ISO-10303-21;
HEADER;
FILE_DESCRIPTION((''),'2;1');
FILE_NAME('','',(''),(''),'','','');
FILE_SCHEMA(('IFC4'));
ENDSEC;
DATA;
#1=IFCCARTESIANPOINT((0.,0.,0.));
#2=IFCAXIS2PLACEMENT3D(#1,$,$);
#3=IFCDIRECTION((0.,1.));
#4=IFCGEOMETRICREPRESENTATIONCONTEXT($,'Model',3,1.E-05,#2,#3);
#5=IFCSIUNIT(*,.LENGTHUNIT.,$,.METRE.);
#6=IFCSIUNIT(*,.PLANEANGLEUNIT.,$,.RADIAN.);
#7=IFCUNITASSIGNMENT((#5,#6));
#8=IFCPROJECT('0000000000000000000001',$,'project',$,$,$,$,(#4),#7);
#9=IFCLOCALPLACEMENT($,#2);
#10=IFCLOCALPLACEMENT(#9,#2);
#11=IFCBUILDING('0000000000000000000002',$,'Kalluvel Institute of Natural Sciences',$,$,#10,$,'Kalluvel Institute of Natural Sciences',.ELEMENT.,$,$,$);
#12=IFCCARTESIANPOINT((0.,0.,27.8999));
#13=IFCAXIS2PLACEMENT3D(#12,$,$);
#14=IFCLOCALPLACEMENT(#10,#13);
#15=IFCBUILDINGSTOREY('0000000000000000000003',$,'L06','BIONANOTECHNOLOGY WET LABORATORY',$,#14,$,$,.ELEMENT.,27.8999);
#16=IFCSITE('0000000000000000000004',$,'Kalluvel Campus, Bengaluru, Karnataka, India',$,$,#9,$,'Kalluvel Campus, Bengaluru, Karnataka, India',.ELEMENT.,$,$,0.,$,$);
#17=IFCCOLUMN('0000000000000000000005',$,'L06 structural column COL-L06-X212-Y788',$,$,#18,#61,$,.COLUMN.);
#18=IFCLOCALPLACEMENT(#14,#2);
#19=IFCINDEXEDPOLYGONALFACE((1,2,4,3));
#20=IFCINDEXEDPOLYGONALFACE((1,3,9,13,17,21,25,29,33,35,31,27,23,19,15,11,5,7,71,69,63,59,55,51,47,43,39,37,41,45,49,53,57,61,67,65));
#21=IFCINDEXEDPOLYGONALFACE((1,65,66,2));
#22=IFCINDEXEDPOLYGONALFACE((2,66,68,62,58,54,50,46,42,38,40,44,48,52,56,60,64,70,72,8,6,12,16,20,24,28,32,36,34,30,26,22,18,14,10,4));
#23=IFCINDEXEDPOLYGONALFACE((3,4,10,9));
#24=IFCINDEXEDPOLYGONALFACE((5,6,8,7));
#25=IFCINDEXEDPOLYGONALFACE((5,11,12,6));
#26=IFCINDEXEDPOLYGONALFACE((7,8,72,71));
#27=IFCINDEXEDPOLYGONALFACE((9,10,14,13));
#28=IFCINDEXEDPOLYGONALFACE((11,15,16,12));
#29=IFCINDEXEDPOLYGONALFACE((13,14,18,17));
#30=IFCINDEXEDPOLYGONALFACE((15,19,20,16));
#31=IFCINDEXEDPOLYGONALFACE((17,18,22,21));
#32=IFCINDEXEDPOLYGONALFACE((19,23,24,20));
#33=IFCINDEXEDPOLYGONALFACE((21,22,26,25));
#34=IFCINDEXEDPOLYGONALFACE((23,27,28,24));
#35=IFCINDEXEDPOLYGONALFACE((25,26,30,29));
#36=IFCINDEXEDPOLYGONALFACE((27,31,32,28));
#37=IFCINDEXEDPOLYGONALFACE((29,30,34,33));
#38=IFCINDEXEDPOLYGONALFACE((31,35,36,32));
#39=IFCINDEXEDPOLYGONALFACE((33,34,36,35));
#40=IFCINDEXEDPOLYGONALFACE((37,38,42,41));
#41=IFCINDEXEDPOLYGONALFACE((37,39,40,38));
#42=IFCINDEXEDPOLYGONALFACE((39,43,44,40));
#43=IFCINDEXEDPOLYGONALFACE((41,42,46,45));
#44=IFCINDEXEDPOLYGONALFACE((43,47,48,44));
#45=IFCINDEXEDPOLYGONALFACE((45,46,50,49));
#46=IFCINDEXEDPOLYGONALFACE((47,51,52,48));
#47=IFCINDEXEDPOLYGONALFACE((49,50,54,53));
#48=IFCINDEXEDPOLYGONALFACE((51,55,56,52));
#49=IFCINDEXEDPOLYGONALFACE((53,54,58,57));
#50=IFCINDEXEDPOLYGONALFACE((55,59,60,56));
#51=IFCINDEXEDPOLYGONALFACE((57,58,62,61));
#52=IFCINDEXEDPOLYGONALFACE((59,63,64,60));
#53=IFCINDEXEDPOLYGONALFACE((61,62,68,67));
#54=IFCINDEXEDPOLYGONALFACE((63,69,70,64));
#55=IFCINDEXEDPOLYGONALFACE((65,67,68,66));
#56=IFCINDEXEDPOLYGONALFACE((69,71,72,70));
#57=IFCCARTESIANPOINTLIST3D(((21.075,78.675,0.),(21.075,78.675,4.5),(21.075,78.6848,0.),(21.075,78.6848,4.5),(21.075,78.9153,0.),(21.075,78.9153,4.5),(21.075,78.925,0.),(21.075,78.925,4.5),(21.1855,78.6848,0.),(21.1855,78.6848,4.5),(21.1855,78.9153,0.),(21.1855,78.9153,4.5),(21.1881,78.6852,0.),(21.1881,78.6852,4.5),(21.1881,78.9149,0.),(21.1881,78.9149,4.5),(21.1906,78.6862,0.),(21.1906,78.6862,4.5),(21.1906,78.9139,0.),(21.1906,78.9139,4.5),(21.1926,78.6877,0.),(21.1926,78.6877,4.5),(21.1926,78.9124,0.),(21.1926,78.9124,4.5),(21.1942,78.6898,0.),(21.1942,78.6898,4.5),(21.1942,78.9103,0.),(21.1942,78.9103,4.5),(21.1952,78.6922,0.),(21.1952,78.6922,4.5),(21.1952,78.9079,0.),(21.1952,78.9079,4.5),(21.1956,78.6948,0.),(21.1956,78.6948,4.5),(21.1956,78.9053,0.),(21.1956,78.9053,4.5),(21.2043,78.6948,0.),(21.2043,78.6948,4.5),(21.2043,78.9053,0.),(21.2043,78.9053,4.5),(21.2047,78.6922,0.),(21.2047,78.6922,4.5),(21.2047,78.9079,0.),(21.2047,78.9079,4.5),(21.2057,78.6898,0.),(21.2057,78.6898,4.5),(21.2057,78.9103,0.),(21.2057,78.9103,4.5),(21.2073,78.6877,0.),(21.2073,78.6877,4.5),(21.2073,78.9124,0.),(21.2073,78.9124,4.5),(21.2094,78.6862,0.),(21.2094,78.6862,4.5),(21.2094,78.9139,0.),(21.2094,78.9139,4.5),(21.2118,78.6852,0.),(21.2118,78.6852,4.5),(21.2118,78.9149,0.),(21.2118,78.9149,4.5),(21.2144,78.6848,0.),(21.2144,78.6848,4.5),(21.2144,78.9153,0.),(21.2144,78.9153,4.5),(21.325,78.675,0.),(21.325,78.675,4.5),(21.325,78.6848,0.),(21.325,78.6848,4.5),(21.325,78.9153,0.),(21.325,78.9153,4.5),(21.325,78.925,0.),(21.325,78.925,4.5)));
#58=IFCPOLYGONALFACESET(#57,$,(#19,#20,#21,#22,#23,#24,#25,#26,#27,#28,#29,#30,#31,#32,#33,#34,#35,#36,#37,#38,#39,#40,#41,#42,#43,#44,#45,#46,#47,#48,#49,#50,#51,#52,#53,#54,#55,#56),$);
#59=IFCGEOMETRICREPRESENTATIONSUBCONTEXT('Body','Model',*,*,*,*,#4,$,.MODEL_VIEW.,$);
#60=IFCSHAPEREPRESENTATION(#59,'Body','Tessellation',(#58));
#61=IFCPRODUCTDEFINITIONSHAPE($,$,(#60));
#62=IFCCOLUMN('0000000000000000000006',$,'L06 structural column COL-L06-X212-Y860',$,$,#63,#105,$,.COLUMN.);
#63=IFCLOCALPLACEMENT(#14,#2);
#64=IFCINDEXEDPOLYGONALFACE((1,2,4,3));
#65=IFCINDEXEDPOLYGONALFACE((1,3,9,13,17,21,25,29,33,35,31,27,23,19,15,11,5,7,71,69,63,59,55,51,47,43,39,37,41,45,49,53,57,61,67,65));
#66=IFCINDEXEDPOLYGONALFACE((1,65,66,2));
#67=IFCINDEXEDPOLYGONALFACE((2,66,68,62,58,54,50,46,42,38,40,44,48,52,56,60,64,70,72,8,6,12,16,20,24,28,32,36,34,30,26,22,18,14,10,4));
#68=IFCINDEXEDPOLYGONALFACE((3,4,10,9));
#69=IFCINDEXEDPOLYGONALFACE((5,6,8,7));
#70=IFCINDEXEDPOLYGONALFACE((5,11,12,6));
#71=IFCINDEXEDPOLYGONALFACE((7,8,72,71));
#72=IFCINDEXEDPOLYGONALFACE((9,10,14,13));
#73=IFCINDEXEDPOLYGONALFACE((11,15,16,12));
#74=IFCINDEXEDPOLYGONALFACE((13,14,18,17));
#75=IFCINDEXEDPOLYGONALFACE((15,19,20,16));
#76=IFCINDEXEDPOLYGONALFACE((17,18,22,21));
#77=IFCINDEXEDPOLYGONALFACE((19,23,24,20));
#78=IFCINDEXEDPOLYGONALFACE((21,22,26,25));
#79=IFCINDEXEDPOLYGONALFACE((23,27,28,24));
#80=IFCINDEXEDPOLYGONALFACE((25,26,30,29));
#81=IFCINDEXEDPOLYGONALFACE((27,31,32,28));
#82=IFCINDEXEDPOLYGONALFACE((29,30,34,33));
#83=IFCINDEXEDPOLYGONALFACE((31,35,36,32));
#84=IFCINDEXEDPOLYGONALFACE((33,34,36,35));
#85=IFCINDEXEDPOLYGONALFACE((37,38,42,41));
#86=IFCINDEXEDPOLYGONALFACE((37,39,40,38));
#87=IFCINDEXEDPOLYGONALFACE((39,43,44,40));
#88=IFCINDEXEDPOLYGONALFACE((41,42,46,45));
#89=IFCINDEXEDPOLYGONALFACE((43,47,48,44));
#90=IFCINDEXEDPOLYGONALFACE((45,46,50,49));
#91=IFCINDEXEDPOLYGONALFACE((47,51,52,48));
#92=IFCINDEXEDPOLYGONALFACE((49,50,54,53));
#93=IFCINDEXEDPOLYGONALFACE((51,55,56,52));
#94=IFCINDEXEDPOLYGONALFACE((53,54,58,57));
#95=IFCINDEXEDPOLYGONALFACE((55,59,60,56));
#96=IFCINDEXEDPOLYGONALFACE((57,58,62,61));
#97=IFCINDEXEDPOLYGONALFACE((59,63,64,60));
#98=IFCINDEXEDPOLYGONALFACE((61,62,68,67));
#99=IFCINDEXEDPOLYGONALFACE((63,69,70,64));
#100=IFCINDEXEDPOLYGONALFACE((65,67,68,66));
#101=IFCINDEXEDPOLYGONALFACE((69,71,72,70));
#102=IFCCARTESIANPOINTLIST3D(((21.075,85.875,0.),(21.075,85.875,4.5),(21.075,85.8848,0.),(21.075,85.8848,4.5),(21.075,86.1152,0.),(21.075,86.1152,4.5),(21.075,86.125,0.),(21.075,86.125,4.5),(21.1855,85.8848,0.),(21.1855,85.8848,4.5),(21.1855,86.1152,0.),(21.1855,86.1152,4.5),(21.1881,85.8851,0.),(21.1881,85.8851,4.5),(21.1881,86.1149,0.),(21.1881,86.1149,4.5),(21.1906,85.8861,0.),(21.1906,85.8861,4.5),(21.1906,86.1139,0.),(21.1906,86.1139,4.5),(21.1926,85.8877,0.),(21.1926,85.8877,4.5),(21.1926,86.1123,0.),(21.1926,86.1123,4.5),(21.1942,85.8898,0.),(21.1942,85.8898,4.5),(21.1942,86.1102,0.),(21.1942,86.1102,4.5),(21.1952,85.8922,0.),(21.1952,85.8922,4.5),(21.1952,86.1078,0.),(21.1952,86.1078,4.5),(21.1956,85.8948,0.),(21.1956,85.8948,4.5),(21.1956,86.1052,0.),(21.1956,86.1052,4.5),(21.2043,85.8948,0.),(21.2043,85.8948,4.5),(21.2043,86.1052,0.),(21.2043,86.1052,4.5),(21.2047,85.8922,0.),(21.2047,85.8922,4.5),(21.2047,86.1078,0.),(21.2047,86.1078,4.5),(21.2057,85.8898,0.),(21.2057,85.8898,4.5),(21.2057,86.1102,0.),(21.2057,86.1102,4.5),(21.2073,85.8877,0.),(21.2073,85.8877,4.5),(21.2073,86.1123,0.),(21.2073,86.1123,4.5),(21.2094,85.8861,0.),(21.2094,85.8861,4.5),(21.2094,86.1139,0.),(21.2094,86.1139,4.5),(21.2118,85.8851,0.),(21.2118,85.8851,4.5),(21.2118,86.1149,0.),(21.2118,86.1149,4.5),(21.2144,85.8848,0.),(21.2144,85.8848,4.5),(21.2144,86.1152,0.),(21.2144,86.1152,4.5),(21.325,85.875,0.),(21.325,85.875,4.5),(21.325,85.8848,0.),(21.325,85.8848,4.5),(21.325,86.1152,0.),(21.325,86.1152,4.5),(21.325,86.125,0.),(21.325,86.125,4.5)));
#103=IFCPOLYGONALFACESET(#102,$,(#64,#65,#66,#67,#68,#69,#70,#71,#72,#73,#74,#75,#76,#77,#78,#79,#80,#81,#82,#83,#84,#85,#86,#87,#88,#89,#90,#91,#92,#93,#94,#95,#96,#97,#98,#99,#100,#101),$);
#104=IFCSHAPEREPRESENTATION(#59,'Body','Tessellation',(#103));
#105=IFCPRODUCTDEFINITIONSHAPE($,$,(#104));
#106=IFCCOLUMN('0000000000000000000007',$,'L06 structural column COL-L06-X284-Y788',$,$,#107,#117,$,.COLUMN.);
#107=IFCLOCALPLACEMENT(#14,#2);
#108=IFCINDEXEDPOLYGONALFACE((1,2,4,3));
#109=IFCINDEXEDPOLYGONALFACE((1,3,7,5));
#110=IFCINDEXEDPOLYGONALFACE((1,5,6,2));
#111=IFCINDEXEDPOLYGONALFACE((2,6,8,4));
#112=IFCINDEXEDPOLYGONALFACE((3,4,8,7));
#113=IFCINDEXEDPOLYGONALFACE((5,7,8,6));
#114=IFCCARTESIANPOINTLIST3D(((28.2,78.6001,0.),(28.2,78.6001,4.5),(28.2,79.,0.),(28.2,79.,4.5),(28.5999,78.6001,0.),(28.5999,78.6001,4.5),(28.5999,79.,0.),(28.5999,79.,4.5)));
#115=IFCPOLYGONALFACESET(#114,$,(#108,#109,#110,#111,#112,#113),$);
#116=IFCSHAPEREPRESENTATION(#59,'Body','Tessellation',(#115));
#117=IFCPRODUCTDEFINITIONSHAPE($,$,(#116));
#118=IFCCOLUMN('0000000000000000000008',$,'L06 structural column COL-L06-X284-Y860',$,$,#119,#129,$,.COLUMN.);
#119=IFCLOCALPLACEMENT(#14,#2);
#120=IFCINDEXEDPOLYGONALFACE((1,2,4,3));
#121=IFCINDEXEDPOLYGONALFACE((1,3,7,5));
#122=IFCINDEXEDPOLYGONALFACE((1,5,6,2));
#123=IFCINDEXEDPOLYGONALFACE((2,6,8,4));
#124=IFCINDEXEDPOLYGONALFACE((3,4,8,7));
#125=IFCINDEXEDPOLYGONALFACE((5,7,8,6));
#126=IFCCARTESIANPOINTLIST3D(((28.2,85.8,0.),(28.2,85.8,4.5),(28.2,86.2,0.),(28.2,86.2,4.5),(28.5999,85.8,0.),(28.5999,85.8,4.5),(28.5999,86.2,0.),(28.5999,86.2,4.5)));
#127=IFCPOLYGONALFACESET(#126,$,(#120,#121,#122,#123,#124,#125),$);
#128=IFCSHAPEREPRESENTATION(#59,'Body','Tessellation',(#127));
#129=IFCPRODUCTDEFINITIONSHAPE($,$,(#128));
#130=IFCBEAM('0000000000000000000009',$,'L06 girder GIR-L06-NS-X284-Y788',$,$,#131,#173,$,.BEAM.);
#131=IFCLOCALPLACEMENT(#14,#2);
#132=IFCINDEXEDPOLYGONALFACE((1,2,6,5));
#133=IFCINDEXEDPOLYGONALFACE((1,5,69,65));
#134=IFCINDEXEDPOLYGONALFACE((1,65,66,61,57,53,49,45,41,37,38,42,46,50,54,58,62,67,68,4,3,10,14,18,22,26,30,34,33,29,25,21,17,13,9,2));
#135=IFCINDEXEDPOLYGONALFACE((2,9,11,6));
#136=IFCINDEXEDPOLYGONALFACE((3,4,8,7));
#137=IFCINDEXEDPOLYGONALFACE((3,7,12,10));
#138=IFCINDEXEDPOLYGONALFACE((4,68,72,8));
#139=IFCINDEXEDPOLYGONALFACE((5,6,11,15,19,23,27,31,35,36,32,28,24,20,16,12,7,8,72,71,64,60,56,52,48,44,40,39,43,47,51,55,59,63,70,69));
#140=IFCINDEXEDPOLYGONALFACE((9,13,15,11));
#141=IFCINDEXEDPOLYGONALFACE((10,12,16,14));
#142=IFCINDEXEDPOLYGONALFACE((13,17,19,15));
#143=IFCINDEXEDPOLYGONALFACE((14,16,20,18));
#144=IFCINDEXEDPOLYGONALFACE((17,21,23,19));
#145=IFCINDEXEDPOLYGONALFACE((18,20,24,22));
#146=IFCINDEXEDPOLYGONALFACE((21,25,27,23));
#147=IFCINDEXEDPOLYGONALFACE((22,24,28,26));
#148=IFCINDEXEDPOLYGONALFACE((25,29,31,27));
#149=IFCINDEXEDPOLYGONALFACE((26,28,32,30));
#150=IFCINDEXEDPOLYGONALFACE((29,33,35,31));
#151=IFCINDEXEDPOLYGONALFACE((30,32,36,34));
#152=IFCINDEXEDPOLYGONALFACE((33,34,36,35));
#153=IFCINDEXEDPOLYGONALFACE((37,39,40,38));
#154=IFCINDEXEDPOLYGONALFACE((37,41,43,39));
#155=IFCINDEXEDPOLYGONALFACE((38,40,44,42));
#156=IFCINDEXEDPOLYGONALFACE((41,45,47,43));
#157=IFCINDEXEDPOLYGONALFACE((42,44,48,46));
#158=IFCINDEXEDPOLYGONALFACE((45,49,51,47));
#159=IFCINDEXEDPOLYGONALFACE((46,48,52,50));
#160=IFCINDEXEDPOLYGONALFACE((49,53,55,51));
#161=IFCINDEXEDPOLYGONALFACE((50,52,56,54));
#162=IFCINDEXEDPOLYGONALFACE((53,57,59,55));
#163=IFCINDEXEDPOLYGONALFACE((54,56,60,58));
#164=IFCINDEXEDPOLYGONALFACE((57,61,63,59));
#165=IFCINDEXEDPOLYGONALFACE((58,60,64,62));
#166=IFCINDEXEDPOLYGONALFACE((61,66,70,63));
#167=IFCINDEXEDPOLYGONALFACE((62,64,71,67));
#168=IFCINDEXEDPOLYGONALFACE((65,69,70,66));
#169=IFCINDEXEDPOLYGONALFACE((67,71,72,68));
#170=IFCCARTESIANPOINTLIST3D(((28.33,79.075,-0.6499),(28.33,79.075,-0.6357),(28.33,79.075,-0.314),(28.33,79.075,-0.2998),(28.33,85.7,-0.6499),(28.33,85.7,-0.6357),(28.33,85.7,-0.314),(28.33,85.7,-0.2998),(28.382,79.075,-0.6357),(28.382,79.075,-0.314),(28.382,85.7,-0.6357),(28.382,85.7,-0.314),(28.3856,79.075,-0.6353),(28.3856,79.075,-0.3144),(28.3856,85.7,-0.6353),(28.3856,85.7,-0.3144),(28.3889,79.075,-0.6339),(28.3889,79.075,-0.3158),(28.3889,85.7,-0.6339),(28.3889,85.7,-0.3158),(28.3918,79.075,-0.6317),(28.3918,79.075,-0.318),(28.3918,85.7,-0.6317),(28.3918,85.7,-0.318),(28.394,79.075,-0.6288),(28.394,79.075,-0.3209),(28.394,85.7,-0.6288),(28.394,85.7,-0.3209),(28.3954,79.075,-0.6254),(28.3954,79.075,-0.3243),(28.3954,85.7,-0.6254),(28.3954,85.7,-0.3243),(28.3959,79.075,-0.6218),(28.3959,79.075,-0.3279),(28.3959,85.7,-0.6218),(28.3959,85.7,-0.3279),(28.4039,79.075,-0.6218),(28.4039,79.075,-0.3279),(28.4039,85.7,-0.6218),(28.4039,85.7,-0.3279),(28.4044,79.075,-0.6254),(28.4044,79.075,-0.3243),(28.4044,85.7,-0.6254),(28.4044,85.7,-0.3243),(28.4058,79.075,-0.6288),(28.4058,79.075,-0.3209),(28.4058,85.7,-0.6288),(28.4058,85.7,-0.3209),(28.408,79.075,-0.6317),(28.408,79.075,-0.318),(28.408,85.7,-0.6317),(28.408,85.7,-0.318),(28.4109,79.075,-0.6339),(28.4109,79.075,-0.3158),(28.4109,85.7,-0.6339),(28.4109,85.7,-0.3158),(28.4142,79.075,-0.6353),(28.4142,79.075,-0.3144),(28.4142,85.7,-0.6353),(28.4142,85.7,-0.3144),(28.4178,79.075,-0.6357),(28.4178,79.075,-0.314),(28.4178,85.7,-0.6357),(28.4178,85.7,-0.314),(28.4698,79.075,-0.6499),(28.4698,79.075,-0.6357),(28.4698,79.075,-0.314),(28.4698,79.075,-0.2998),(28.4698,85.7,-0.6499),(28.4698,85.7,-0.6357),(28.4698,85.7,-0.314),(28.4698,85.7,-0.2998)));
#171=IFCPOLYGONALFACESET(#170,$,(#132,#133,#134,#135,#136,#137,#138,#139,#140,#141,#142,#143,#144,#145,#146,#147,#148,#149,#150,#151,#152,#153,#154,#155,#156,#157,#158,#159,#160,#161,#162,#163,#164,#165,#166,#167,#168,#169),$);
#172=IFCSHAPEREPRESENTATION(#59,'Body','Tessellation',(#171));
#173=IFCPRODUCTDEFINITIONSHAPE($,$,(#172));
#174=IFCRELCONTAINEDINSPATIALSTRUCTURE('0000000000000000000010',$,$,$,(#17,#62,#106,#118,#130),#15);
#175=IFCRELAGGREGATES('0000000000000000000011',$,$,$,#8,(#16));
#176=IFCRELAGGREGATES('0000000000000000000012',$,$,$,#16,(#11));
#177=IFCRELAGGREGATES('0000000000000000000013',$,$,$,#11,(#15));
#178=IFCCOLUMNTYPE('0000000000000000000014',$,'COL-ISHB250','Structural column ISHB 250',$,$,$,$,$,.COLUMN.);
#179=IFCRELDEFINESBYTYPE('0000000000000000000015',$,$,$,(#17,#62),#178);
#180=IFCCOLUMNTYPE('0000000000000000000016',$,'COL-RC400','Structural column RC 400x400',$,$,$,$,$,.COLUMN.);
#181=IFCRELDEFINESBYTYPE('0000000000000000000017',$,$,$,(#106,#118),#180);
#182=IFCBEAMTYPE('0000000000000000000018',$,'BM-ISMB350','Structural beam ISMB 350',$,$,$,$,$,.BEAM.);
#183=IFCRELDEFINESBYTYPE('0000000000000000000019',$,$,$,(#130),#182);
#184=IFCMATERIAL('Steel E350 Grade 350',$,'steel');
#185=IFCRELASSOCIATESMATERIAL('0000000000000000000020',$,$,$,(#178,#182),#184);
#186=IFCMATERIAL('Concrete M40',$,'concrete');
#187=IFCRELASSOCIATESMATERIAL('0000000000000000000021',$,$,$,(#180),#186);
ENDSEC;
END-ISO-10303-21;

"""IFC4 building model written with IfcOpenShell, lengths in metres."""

from ifc_helpers import new_model, si_unit, direction, frame, origin, origin_2d, place, context, subcontext, project, spatial, rectangle, i_section, extrude, material, material_profile, profile_set, type_object, element, save


model = new_model("IFC4")

# Units and contexts
model_context = context("Model", 3, precision=1e-05, world=origin(), true_north=direction((0.0, 1.0)))
body_context = subcontext(model_context, "Body", "Model", "MODEL_VIEW")
ifc_project = project(units=[si_unit("LENGTHUNIT", "METRE"), si_unit("PLANEANGLEUNIT", "RADIAN")], contexts=[model_context])

# Site, building, storey
site_placement = place(None, origin())
site = spatial("IfcSite", under=ifc_project, at=site_placement, Name="Kalluvel Campus, Bengaluru, Karnataka, India", LongName="Kalluvel Campus, Bengaluru, Karnataka, India", CompositionType="ELEMENT", RefElevation=0.0)
building_placement = place(site_placement, origin())
building = spatial("IfcBuilding", under=site, at=building_placement, Name="Kalluvel Institute of Natural Sciences", LongName="Kalluvel Institute of Natural Sciences", CompositionType="ELEMENT")
storey_placement = place(building_placement, frame((0.0, 0.0, 27.8999)))
storey = spatial("IfcBuildingStorey", under=building, at=storey_placement, Name="L06", Description="BIONANOTECHNOLOGY WET LABORATORY", CompositionType="ELEMENT", Elevation=27.8999)

# Columns
ifc_material_1 = material(Name="Steel E350 Grade 350", Category="steel")
ifc_material_profile_1 = material_profile(ifc_material_1, i_section(OverallWidth=0.25, OverallDepth=0.25, WebThickness=0.0088, FlangeThickness=0.0098, FilletRadius=0.01, at=origin_2d()), Name="ISHB 250")
ifc_profile_set_1 = profile_set([ifc_material_profile_1], Name="Steel E350 Grade 350")
column_type_1 = type_object("IfcColumnType", Name="COL-ISHB250", Description="Structural column ISHB 250", PredefinedType="COLUMN", material=ifc_profile_set_1)
for number, where, z_axis, x_axis, name in (
    (1, (21.2, 78.8, 0.0), (0.0, 0.0, 1.0), (1.0, 0.0, 0.0), "L06 structural column COL-L06-X212-Y788"),
    (2, (21.2, 86.0, 0.0), (0.0, 0.0, 1.0), (1.0, 0.0, 0.0), "L06 structural column COL-L06-X212-Y860"),
):
    element("IfcColumn", number, at=place(storey_placement, frame(where, z_axis=z_axis, x_axis=x_axis)), inside=storey, type_object=column_type_1, Name=name, PredefinedType="COLUMN", context=body_context, shape_type="SweptSolid", body=[
        extrude(i_section(OverallWidth=0.25, OverallDepth=0.25, WebThickness=0.0088, FlangeThickness=0.0098, FilletRadius=0.01, at=origin_2d()), origin(), (0.0, 0.0, 1.0), 4.5),
    ])
ifc_material_2 = material(Name="Concrete M40", Category="concrete")
ifc_material_profile_2 = material_profile(ifc_material_2, rectangle(XDim=0.3999, YDim=0.3999, at=origin_2d()), Name="RC 400x400")
ifc_profile_set_2 = profile_set([ifc_material_profile_2], Name="Concrete M40")
column_type_2 = type_object("IfcColumnType", Name="COL-RC400", Description="Structural column RC 400x400", PredefinedType="COLUMN", material=ifc_profile_set_2)
for number, where, z_axis, x_axis, name in (
    (3, (28.3999, 78.8, 0.0), (0.0, 0.0, 1.0), (1.0, 0.0, 0.0), "L06 structural column COL-L06-X284-Y788"),
    (4, (28.3999, 86.0, 0.0), (0.0, 0.0, 1.0), (1.0, 0.0, 0.0), "L06 structural column COL-L06-X284-Y860"),
):
    element("IfcColumn", number, at=place(storey_placement, frame(where, z_axis=z_axis, x_axis=x_axis)), inside=storey, type_object=column_type_2, Name=name, PredefinedType="COLUMN", context=body_context, shape_type="SweptSolid", body=[
        extrude(rectangle(XDim=0.3999, YDim=0.3999, at=origin_2d()), origin(), (0.0, 0.0, 1.0), 4.5),
    ])

# Beam
ifc_material_profile_3 = material_profile(ifc_material_1, i_section(OverallWidth=0.1399, OverallDepth=0.3501, WebThickness=0.0081, FlangeThickness=0.0142, FilletRadius=0.0139, at=origin_2d()), Name="ISMB 350")
ifc_profile_set_3 = profile_set([ifc_material_profile_3], Name="Steel E350 Grade 350")
beam_type_1 = type_object("IfcBeamType", Name="BM-ISMB350", Description="Structural beam ISMB 350", PredefinedType="BEAM", material=ifc_profile_set_3)
beam_1_placement = place(storey_placement, frame((28.3999, 79.075, -0.4749), z_axis=(0.0, 1.0, 0.0), x_axis=(-1.0, 0.0, 0.0)))
element("IfcBeam", 5, at=beam_1_placement, inside=storey, type_object=beam_type_1, Name="L06 girder GIR-L06-NS-X284-Y788", PredefinedType="BEAM", context=body_context, shape_type="SweptSolid", body=[
    extrude(i_section(OverallWidth=0.1399, OverallDepth=0.3501, WebThickness=0.0081, FlangeThickness=0.0142, FilletRadius=0.0139, at=origin_2d()), origin(), (0.0, 0.0, 1.0), 6.625),
])

save(model, "model.ifc")
